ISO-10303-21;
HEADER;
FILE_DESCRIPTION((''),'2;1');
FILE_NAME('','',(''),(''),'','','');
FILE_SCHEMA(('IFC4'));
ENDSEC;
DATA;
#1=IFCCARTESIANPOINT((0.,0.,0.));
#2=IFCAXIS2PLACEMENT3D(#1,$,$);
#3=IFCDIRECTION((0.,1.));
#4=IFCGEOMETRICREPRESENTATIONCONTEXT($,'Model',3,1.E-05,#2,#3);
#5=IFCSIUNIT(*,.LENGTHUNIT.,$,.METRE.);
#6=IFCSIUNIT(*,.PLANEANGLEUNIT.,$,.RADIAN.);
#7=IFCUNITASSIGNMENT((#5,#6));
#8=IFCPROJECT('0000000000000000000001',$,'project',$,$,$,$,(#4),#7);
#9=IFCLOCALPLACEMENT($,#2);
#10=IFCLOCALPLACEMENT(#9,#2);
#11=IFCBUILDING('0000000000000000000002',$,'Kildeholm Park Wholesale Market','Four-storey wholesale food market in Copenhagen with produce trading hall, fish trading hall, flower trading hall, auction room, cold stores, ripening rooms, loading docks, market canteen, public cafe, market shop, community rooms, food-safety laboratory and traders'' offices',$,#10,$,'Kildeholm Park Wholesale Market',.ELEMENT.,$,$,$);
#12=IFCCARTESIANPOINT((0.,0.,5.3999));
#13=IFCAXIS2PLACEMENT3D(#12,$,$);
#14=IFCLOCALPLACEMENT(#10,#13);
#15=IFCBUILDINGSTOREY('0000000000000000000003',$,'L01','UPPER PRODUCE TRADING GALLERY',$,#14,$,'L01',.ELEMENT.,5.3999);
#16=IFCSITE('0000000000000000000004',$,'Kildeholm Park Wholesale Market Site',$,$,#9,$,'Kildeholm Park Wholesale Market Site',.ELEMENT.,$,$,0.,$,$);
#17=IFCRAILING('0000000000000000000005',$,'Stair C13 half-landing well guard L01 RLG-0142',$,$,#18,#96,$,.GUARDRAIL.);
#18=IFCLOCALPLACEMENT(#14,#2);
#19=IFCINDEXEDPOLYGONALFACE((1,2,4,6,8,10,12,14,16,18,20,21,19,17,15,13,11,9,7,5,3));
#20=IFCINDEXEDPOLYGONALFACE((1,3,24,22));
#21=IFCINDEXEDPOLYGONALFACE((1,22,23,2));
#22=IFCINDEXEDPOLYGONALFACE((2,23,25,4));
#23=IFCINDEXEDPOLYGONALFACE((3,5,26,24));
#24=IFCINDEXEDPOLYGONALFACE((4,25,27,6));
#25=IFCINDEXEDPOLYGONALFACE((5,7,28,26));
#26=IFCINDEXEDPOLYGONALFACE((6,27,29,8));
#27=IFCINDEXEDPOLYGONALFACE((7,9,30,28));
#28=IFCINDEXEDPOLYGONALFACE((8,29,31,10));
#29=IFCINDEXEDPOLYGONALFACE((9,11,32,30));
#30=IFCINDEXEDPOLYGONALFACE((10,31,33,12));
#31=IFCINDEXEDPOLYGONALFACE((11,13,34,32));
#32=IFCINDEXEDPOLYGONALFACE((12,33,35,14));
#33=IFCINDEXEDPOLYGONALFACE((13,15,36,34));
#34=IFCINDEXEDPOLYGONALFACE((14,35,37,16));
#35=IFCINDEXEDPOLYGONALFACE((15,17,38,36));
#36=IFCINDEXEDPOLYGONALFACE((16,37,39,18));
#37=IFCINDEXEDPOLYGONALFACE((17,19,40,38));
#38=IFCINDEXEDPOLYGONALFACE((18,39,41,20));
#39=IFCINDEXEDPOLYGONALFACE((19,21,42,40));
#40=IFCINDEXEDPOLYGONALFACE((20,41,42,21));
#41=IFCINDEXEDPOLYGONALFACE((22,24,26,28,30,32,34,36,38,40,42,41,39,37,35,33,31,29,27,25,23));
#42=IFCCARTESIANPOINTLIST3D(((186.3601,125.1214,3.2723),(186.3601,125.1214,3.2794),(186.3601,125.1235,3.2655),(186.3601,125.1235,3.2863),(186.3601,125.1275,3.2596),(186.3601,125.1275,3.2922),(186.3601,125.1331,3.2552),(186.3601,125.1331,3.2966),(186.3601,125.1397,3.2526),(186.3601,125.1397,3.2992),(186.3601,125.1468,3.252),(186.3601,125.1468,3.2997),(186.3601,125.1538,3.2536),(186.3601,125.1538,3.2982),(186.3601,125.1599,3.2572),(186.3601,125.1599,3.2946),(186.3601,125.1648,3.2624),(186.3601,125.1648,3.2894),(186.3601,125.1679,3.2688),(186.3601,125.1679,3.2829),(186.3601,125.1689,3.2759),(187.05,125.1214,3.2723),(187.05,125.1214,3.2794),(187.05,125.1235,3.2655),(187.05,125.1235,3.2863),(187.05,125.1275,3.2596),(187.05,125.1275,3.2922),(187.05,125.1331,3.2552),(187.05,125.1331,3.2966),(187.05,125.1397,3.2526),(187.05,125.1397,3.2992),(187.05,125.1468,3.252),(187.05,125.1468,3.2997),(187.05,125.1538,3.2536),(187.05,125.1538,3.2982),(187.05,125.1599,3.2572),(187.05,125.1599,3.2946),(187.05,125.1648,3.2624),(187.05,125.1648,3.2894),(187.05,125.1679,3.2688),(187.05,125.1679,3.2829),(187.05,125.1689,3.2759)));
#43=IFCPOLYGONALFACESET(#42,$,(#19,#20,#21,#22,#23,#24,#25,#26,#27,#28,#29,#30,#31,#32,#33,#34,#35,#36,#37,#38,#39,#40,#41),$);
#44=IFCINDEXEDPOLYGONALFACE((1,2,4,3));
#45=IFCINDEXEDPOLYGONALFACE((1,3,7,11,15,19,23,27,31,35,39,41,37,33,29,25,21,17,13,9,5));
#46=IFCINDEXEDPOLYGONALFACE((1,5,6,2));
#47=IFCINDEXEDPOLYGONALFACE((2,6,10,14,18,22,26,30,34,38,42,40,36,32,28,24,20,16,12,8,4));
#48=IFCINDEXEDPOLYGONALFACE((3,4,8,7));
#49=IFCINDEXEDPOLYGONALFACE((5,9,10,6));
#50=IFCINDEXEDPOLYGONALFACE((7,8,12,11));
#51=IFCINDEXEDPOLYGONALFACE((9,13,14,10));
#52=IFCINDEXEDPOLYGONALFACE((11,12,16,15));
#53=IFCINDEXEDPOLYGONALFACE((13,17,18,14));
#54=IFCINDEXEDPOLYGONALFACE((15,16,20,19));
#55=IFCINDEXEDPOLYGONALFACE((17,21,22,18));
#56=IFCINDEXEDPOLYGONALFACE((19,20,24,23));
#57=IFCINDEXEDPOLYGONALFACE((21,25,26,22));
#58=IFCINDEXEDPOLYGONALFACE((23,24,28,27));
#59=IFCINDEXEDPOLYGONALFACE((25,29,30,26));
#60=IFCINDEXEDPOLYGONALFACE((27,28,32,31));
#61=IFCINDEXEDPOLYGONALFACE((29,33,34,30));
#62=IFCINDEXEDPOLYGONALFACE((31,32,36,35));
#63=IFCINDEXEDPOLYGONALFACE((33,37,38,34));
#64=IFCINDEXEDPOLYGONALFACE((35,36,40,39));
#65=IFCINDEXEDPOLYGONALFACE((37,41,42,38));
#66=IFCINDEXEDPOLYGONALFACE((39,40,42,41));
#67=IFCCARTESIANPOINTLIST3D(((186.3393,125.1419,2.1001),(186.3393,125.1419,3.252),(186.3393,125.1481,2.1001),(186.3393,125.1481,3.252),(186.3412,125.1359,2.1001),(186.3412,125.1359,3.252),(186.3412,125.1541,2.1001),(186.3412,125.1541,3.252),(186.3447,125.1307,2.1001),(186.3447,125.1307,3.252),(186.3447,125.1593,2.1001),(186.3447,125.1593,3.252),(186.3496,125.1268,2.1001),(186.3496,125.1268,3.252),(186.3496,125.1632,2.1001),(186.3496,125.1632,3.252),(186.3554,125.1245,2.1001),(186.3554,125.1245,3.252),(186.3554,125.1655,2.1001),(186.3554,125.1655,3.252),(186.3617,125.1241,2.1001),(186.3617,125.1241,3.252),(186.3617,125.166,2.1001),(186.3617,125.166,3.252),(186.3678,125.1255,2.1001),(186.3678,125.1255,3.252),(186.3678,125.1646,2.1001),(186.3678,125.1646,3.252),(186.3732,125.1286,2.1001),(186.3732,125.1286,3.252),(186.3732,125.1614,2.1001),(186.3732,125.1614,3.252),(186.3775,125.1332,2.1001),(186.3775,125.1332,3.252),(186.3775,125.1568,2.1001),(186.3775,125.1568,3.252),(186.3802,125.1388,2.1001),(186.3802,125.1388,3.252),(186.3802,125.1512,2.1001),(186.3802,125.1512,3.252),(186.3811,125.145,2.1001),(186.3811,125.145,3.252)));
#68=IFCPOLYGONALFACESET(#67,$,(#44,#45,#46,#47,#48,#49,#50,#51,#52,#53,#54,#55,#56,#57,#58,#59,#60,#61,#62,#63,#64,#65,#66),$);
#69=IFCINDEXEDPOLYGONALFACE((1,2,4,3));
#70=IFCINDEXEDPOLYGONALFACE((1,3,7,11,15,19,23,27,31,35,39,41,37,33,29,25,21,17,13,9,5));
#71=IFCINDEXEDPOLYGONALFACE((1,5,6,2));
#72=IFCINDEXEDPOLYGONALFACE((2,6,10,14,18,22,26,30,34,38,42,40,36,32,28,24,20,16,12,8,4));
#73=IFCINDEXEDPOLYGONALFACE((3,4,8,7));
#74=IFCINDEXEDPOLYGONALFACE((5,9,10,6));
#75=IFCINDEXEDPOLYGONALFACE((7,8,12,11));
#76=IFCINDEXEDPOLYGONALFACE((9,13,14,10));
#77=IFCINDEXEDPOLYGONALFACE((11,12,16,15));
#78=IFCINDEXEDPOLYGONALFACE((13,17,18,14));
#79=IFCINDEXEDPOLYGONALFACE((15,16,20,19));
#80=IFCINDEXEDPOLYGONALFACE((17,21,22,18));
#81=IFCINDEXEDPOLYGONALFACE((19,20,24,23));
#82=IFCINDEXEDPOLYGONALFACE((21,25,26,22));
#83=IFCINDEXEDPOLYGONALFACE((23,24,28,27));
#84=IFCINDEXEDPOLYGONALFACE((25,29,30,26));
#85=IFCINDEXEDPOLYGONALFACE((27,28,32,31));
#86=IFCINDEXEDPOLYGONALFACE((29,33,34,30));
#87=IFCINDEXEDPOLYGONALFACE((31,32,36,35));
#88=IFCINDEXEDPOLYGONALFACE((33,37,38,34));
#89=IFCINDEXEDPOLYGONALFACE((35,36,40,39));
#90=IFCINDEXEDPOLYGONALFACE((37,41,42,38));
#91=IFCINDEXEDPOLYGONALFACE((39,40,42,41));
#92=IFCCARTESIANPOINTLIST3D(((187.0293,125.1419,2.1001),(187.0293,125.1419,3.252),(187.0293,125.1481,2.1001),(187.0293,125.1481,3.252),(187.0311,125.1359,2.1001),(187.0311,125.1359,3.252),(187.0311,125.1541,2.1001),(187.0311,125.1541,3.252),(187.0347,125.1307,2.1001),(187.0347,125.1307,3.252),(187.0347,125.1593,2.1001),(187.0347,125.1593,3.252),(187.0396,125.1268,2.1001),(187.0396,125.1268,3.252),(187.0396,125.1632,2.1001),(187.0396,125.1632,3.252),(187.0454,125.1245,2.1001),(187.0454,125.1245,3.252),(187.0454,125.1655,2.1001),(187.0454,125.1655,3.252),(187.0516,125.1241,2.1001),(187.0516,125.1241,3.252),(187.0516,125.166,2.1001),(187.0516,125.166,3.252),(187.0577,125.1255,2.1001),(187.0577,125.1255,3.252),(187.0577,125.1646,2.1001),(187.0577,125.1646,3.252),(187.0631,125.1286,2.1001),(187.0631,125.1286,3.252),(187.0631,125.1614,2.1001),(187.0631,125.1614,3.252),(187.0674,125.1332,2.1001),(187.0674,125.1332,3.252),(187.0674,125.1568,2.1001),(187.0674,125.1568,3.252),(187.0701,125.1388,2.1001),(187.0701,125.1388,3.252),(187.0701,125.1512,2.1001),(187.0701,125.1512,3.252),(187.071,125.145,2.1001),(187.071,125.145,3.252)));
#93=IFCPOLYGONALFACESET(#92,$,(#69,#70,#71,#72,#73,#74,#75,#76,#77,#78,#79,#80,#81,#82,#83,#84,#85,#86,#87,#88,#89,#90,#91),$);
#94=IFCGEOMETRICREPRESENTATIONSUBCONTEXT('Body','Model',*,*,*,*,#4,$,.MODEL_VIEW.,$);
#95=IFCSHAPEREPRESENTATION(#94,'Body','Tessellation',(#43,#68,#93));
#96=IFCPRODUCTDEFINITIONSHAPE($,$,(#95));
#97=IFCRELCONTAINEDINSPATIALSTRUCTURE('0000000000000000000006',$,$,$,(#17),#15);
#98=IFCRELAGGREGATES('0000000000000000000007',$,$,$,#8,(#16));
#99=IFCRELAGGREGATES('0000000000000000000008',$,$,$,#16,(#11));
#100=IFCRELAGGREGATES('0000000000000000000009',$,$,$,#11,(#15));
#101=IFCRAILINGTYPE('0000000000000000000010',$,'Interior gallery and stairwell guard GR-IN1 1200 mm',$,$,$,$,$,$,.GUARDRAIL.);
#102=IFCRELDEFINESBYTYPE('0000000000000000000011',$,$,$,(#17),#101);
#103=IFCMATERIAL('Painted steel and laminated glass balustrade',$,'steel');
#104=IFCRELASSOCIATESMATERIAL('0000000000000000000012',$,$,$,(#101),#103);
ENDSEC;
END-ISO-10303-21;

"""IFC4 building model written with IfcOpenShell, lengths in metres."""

from ifc_helpers import new_model, si_unit, direction, frame, origin, origin_2d, place, context, subcontext, project, spatial, circle, extrude, material, type_object, element, save


model = new_model("IFC4")

# Units and contexts
model_context = context("Model", 3, precision=1e-05, world=origin(), true_north=direction((0.0, 1.0)))
body_context = subcontext(model_context, "Body", "Model", "MODEL_VIEW")
ifc_project = project(units=[si_unit("LENGTHUNIT", "METRE"), si_unit("PLANEANGLEUNIT", "RADIAN")], contexts=[model_context])

# Site, building, storey
site_placement = place(None, origin())
site = spatial("IfcSite", under=ifc_project, at=site_placement, Name="Kildeholm Park Wholesale Market Site", LongName="Kildeholm Park Wholesale Market Site", CompositionType="ELEMENT", RefElevation=0.0)
building_placement = place(site_placement, origin())
building = spatial("IfcBuilding", under=site, at=building_placement, Name="Kildeholm Park Wholesale Market", Description="Four-storey wholesale food market in Copenhagen with produce trading hall, fish trading hall, flower trading hall, auction room, cold stores, ripening rooms, loading docks, market canteen, public cafe, market shop, community rooms, food-safety laboratory and traders' offices", LongName="Kildeholm Park Wholesale Market", CompositionType="ELEMENT")
storey_placement = place(building_placement, frame((0.0, 0.0, 5.3999)))
storey = spatial("IfcBuildingStorey", under=building, at=storey_placement, Name="L01", Description="UPPER PRODUCE TRADING GALLERY", LongName="L01", CompositionType="ELEMENT", Elevation=5.3999)

# Railing
ifc_material_1 = material(Name="Painted steel and laminated glass balustrade", Category="steel")
railing_type_1 = type_object("IfcRailingType", Name="Interior gallery and stairwell guard GR-IN1 1200 mm", PredefinedType="GUARDRAIL", material=ifc_material_1)
railing_1_placement = place(storey_placement, frame((186.3601, 125.145, 2.1001)))
element("IfcRailing", 1, at=railing_1_placement, inside=storey, type_object=railing_type_1, Name="Stair C13 half-landing well guard L01 RLG-0142", PredefinedType="GUARDRAIL", context=body_context, shape_type="SweptSolid", body=[
    extrude(circle(Radius=0.0239, at=origin_2d()), frame((0.0, 0.0, 1.1758), z_axis=(1.0, 0.0, 0.0), x_axis=(0.0, 1.0, 0.0)), (0.0, 0.0, 1.0), 0.6899),
    extrude(circle(Radius=0.021, at=origin_2d()), origin(), (0.0, 0.0, 1.0), 1.1519),
    extrude(circle(Radius=0.021, at=origin_2d()), frame((0.6899, 0.0, 0.0)), (0.0, 0.0, 1.0), 1.1519),
])

save(model, "model.ifc")
